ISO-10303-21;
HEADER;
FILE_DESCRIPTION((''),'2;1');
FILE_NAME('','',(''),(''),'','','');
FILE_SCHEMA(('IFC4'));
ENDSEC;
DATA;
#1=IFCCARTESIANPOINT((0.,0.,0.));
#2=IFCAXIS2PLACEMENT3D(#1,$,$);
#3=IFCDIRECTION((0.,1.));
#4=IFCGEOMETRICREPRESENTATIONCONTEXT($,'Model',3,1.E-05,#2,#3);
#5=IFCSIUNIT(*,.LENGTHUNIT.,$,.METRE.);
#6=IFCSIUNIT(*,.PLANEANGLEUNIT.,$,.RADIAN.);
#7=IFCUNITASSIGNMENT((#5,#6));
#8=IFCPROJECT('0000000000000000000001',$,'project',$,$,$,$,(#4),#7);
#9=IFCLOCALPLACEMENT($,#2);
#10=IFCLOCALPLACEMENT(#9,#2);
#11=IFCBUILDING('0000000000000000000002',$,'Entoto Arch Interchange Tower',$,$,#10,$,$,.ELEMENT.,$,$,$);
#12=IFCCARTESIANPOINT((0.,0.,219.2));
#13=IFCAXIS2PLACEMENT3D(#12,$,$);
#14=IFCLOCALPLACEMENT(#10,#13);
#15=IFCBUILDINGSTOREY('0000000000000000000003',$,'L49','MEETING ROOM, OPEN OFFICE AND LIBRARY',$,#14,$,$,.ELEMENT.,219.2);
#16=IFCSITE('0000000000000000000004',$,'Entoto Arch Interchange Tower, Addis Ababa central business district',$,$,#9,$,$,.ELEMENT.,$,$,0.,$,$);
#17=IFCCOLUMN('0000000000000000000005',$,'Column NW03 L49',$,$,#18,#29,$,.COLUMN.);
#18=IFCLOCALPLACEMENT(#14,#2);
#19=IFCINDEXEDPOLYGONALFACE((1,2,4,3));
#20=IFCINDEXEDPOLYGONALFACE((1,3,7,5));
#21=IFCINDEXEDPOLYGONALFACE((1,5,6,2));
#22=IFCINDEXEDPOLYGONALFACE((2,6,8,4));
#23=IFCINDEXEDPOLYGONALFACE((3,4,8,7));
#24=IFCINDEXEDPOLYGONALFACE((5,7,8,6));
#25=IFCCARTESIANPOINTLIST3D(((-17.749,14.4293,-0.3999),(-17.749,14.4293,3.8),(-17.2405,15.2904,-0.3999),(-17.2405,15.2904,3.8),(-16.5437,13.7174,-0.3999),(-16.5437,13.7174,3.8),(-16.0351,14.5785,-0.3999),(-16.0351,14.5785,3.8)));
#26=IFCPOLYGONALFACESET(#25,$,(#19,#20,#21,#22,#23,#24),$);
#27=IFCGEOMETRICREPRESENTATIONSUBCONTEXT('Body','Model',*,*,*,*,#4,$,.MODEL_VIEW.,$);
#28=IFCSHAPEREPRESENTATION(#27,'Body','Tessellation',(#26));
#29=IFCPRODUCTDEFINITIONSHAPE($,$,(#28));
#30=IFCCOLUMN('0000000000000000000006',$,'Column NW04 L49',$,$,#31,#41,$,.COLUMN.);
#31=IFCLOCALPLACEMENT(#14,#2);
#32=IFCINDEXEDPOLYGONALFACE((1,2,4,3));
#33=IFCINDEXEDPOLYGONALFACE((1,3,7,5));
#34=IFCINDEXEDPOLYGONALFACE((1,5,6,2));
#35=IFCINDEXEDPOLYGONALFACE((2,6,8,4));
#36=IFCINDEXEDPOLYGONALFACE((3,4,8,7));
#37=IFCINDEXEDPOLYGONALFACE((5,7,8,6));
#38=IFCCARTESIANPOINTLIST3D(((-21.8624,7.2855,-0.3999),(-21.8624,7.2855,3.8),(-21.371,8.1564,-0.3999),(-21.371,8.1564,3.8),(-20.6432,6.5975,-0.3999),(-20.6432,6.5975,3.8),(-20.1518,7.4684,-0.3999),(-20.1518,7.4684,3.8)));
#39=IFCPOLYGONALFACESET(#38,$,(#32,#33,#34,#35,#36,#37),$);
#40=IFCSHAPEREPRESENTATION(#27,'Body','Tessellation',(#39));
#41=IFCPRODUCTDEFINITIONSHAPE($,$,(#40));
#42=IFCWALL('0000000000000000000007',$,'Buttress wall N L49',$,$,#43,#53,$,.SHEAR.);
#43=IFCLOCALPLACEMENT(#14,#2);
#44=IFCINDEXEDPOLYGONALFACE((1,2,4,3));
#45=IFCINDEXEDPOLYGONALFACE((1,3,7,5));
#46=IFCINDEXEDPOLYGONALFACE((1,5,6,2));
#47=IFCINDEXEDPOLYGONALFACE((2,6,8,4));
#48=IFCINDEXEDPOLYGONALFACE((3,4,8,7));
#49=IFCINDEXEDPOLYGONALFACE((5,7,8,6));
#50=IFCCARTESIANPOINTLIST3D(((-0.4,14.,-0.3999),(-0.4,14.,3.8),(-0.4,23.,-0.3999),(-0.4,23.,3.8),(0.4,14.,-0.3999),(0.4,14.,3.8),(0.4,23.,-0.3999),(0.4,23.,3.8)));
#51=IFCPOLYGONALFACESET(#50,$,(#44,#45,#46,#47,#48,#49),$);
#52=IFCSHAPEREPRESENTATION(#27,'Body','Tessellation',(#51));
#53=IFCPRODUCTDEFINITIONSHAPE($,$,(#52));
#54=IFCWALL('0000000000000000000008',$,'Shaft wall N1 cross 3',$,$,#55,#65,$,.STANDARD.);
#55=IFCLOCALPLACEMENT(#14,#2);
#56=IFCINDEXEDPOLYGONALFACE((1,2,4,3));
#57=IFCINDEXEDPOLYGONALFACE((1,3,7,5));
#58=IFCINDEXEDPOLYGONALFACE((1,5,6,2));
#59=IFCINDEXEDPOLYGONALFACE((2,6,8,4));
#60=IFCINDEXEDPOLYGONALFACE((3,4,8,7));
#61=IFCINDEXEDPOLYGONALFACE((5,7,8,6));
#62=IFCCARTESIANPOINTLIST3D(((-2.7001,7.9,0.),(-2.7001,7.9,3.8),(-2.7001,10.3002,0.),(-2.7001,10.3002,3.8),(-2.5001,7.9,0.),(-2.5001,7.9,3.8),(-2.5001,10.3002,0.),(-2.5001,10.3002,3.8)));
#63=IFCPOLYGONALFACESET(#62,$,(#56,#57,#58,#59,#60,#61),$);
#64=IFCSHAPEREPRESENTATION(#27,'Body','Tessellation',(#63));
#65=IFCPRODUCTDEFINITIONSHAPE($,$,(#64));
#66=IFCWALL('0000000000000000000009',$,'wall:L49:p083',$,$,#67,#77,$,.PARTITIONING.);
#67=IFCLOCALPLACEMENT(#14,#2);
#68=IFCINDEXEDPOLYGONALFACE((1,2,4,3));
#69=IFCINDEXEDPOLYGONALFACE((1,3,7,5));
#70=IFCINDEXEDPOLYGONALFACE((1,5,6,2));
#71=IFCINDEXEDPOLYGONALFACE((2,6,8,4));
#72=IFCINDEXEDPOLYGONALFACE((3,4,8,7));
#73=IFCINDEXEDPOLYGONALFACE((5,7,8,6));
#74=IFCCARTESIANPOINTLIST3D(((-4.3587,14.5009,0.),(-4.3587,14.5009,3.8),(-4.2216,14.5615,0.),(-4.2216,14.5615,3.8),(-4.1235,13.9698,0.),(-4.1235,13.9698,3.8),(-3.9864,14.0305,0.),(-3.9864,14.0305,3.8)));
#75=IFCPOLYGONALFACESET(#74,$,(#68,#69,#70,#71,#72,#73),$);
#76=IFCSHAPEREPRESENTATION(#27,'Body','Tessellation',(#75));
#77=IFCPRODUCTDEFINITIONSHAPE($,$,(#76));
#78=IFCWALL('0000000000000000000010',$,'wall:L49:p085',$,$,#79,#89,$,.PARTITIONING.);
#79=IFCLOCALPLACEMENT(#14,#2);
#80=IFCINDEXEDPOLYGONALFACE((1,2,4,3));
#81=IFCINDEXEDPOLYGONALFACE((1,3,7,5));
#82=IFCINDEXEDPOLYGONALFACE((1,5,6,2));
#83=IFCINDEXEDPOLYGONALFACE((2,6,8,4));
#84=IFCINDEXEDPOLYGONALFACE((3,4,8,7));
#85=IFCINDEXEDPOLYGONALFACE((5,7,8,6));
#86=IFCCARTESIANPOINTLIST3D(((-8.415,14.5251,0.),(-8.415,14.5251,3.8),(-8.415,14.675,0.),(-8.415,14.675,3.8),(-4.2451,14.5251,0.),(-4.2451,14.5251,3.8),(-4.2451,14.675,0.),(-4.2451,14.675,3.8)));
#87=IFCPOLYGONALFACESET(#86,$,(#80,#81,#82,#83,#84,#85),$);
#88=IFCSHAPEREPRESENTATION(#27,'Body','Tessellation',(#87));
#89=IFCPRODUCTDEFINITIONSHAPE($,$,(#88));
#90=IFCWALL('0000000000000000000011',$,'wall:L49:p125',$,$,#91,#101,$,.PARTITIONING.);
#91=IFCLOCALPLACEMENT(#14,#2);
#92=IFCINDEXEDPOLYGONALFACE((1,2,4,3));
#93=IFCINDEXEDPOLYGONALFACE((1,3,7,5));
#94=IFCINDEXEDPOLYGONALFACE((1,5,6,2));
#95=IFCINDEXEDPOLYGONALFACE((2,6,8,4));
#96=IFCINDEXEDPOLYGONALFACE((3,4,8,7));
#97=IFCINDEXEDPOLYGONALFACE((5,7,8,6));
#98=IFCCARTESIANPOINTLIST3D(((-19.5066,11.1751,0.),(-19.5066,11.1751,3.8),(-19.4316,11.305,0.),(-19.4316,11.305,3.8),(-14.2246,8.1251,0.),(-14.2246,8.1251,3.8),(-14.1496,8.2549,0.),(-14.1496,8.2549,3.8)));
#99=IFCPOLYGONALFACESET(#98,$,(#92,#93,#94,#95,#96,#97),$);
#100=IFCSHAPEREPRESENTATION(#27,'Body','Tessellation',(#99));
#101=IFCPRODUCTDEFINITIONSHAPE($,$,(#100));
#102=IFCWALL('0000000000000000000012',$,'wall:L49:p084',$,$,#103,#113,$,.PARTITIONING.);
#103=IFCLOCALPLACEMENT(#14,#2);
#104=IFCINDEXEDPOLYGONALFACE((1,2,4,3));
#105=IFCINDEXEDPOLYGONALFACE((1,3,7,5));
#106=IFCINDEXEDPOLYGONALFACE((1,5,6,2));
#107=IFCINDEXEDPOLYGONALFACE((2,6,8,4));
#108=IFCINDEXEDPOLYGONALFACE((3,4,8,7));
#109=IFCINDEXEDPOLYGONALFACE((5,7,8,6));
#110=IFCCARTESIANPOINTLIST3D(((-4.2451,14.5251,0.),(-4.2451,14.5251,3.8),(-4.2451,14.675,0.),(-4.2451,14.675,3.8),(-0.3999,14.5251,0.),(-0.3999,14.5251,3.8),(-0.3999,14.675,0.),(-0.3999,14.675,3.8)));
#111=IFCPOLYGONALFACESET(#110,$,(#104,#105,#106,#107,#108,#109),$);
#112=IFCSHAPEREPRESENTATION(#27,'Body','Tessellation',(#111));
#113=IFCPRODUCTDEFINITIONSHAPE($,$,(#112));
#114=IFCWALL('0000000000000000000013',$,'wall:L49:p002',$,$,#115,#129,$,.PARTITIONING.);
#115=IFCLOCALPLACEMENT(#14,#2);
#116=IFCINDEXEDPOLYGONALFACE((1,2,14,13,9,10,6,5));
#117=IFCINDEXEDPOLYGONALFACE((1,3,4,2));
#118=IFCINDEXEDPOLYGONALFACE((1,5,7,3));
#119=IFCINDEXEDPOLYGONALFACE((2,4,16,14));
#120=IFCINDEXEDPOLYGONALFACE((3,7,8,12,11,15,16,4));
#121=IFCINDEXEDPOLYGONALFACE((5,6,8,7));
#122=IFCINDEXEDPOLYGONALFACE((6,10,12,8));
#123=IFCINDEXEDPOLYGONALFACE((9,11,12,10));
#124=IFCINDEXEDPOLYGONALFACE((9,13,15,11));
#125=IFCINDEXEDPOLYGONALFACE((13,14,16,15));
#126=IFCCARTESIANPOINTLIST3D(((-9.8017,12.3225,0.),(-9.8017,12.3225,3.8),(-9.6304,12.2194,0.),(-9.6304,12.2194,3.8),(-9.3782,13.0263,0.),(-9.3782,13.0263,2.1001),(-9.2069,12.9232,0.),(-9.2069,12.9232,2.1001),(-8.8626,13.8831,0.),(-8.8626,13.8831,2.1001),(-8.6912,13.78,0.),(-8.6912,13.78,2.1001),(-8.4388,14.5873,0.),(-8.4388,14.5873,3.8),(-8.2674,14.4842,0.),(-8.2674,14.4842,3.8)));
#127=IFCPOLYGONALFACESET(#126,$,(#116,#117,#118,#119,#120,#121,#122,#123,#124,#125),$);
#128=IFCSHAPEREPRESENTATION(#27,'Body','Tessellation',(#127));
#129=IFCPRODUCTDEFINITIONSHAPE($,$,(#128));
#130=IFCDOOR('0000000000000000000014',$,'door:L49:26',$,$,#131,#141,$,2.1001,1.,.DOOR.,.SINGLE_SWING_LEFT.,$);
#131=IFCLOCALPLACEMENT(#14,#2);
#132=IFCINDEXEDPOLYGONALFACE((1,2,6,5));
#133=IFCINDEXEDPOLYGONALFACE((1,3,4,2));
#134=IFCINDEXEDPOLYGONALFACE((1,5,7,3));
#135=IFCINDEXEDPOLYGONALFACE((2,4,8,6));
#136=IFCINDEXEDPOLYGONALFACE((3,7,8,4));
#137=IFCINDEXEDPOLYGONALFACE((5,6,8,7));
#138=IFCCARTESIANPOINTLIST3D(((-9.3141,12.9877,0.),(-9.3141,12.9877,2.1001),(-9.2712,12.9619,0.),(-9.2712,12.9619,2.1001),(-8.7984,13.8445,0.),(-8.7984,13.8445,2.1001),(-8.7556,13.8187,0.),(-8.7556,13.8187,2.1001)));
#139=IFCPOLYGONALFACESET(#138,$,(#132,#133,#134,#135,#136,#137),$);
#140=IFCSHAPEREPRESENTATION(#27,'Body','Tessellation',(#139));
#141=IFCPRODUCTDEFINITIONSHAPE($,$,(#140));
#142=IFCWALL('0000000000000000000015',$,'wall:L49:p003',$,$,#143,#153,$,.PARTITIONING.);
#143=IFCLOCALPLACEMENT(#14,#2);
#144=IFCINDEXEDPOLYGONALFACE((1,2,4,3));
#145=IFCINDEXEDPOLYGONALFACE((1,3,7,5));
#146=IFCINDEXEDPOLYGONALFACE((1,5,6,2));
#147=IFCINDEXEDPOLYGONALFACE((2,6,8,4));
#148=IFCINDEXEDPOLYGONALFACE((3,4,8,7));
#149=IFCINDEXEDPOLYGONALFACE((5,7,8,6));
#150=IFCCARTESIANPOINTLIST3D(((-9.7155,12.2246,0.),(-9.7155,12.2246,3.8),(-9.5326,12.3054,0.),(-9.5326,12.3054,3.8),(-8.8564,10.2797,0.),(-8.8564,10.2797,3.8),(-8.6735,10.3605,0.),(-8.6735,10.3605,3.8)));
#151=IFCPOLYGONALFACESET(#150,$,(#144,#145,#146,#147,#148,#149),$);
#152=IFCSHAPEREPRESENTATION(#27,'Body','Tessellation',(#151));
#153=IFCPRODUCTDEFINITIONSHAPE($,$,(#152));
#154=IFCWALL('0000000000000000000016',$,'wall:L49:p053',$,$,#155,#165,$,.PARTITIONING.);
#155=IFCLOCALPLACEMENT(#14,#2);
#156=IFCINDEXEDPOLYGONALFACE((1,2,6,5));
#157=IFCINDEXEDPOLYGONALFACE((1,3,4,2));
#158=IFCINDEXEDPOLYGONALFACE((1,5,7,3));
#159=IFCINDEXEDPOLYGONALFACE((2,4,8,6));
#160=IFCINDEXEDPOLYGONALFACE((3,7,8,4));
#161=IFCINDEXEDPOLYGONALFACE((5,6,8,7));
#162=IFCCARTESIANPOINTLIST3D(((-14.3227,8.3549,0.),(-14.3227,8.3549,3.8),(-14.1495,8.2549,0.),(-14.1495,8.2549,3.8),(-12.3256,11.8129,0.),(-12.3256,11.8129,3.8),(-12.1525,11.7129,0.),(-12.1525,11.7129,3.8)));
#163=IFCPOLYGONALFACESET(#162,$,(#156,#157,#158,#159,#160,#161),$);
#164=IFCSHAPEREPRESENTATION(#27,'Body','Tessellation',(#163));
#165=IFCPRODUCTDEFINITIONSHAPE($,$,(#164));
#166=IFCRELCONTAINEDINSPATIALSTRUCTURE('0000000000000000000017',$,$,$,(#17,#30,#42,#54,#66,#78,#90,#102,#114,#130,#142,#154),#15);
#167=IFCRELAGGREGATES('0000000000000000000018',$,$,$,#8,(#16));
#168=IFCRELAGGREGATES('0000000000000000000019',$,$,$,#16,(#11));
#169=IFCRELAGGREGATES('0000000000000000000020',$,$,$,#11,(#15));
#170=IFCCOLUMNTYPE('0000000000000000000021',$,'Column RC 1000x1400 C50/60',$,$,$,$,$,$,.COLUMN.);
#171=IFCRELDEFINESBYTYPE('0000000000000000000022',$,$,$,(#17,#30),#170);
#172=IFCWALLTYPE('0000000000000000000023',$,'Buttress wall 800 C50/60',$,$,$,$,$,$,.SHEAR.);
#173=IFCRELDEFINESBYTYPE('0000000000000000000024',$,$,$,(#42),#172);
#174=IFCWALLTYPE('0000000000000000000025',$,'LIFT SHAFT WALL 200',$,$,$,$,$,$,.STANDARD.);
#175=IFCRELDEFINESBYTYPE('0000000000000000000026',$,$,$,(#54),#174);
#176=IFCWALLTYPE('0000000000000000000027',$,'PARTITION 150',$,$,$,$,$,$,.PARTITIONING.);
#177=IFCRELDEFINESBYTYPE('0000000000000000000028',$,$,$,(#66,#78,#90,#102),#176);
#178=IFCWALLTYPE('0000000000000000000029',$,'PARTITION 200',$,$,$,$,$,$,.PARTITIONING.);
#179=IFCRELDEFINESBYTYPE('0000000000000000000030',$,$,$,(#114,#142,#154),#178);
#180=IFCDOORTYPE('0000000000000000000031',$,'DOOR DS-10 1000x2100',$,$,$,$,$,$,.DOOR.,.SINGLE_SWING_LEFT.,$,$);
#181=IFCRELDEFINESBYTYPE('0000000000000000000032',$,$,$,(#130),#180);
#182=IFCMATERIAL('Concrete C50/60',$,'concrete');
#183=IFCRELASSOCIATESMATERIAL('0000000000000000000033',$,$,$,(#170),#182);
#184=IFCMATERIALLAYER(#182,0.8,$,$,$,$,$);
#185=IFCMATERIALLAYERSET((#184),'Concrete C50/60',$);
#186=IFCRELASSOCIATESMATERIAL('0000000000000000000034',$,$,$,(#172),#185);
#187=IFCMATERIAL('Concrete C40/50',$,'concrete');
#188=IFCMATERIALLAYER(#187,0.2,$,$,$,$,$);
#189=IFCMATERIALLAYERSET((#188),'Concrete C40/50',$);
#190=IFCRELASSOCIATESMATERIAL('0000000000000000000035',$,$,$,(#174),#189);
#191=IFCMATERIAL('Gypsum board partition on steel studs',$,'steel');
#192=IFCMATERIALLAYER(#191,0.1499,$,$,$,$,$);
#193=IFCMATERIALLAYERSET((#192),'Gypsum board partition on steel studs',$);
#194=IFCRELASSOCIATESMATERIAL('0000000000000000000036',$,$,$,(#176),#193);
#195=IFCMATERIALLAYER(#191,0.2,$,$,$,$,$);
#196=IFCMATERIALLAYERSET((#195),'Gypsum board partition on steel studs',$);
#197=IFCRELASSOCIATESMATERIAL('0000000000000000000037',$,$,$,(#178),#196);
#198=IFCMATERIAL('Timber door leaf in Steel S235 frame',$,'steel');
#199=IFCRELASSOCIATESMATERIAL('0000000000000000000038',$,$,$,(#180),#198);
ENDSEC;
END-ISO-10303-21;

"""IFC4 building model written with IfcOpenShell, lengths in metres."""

from ifc_helpers import new_model, si_unit, direction, frame, frame_2d, origin, origin_2d, place, context, subcontext, project, spatial, rectangle, extrude, material, layer, layer_set, material_profile, profile_set, type_object, element, fill, save


model = new_model("IFC4")

# Units and contexts
model_context = context("Model", 3, precision=1e-05, world=origin(), true_north=direction((0.0, 1.0)))
body_context = subcontext(model_context, "Body", "Model", "MODEL_VIEW")
ifc_project = project(units=[si_unit("LENGTHUNIT", "METRE"), si_unit("PLANEANGLEUNIT", "RADIAN")], contexts=[model_context])

# Site, building, storey
site_placement = place(None, origin())
site = spatial("IfcSite", under=ifc_project, at=site_placement, Name="Entoto Arch Interchange Tower, Addis Ababa central business district", CompositionType="ELEMENT", RefElevation=0.0)
building_placement = place(site_placement, origin())
building = spatial("IfcBuilding", under=site, at=building_placement, Name="Entoto Arch Interchange Tower", CompositionType="ELEMENT")
storey_placement = place(building_placement, frame((0.0, 0.0, 219.2)))
storey = spatial("IfcBuildingStorey", under=building, at=storey_placement, Name="L49", Description="MEETING ROOM, OPEN OFFICE AND LIBRARY", CompositionType="ELEMENT", Elevation=219.2)

# Columns
ifc_material_1 = material(Name="Concrete C50/60", Category="concrete")
ifc_material_profile = material_profile(ifc_material_1, rectangle(XDim=1.0, YDim=1.3999, at=origin_2d()))
ifc_profile_set = profile_set([ifc_material_profile], Name="Concrete C50/60")
column_type = type_object("IfcColumnType", Name="Column RC 1000x1400 C50/60", PredefinedType="COLUMN", material=ifc_profile_set)
for number, where, z_axis, x_axis, name in (
    (1, (-16.8921, 14.5039, -0.3999), (0.0, 0.0, 1.0), (0.508516, 0.861053, 0.0), "Column NW03 L49"),
    (2, (-21.0071, 7.377, -0.3999), (0.0, 0.0, 1.0), (0.491436, 0.870914, 0.0), "Column NW04 L49"),
):
    element("IfcColumn", number, at=place(storey_placement, frame(where, z_axis=z_axis, x_axis=x_axis)), inside=storey, type_object=column_type, Name=name, PredefinedType="COLUMN", context=body_context, shape_type="SweptSolid", body=[
        extrude(rectangle(XDim=1.0, YDim=1.3999, at=origin_2d()), origin(), (0.0, 0.0, 1.0), 4.2),
    ])

# Walls
ifc_layer_1 = layer(ifc_material_1, 0.8)
ifc_layer_set_1 = layer_set([ifc_layer_1], Name="Concrete C50/60")
wall_type_1 = type_object("IfcWallType", Name="Buttress wall 800 C50/60", PredefinedType="SHEAR", material=ifc_layer_set_1)
wall_1_placement = place(storey_placement, frame((0.0, 14.0, -0.3999), z_axis=(0.0, 0.0, 1.0), x_axis=(0.0, 1.0, 0.0)))
element("IfcWall", 3, at=wall_1_placement, inside=storey, type_object=wall_type_1, Name="Buttress wall N L49", PredefinedType="SHEAR", context=body_context, shape_type="SweptSolid", body=[
    extrude(rectangle(XDim=9.0, YDim=0.8, at=frame_2d((4.5, 0.0))), origin(), (0.0, 0.0, 1.0), 4.2),
])
ifc_material_2 = material(Name="Concrete C40/50", Category="concrete")
ifc_layer_2 = layer(ifc_material_2, 0.2)
ifc_layer_set_2 = layer_set([ifc_layer_2], Name="Concrete C40/50")
wall_type_2 = type_object("IfcWallType", Name="LIFT SHAFT WALL 200", PredefinedType="STANDARD", material=ifc_layer_set_2)
wall_2_placement = place(storey_placement, frame((-2.6001, 7.8999, 0.0), z_axis=(0.0, 0.0, 1.0), x_axis=(0.0, 1.0, 0.0)))
element("IfcWall", 4, at=wall_2_placement, inside=storey, type_object=wall_type_2, Name="Shaft wall N1 cross 3", PredefinedType="STANDARD", context=body_context, shape_type="SweptSolid", body=[
    extrude(rectangle(XDim=2.4001, YDim=0.2, at=frame_2d((1.2002, 0.0))), origin(), (0.0, 0.0, 1.0), 3.8),
])
ifc_material_3 = material(Name="Gypsum board partition on steel studs", Category="steel")
ifc_layer_3 = layer(ifc_material_3, 0.1499)
ifc_layer_set_3 = layer_set([ifc_layer_3], Name="Gypsum board partition on steel studs")
wall_type_3 = type_object("IfcWallType", Name="PARTITION 150", PredefinedType="PARTITIONING", material=ifc_layer_set_3)
wall_3_placement = place(storey_placement, frame((-4.0549, 14.0, 0.0), z_axis=(0.0, 0.0, 1.0), x_axis=(-0.404851, 0.914383, 0.0)))
element("IfcWall", 5, at=wall_3_placement, inside=storey, type_object=wall_type_3, Name="wall:L49:p083", PredefinedType="PARTITIONING", context=body_context, shape_type="SweptSolid", body=[
    extrude(rectangle(XDim=0.5808, YDim=0.1499, at=frame_2d((0.2905, 0.0))), origin(), (0.0, 0.0, 1.0), 3.8),
])
wall_4_placement = place(storey_placement, frame((-4.2451, 14.6001, 0.0), z_axis=(0.0, 0.0, 1.0), x_axis=(-1.0, 0.0, 0.0)))
element("IfcWall", 6, at=wall_4_placement, inside=storey, type_object=wall_type_3, Name="wall:L49:p085", PredefinedType="PARTITIONING", context=body_context, shape_type="SweptSolid", body=[
    extrude(rectangle(XDim=4.1699, YDim=0.1499, at=frame_2d((2.085, 0.0))), origin(), (0.0, 0.0, 1.0), 3.8),
])
wall_5_placement = place(storey_placement, frame((-14.187, 8.1899, 0.0), z_axis=(0.0, 0.0, 1.0), x_axis=(-0.86599, 0.500061, 0.0)))
element("IfcWall", 7, at=wall_5_placement, inside=storey, type_object=wall_type_3, Name="wall:L49:p125", PredefinedType="PARTITIONING", context=body_context, shape_type="SweptSolid", body=[
    extrude(rectangle(XDim=6.0994, YDim=0.1499, at=frame_2d((3.0498, 0.0))), origin(), (0.0, 0.0, 1.0), 3.8),
])
wall_6_placement = place(storey_placement, frame((-0.3999, 14.6001, 0.0), z_axis=(0.0, 0.0, 1.0), x_axis=(-1.0, 0.0, 0.0)))
element("IfcWall", 8, at=wall_6_placement, inside=storey, type_object=wall_type_3, Name="wall:L49:p084", PredefinedType="PARTITIONING", context=body_context, shape_type="SweptSolid", body=[
    extrude(rectangle(XDim=3.8452, YDim=0.1499, at=frame_2d((1.9226, 0.0))), origin(), (0.0, 0.0, 1.0), 3.8),
])

# Wall, opening, door
ifc_layer_4 = layer(ifc_material_3, 0.2)
ifc_layer_set_4 = layer_set([ifc_layer_4], Name="Gypsum board partition on steel studs")
wall_type_4 = type_object("IfcWallType", Name="PARTITION 200", PredefinedType="PARTITIONING", material=ifc_layer_set_4)
wall_7_placement = place(storey_placement, frame((-8.353, 14.5359, 0.0), z_axis=(0.0, 0.0, 1.0), x_axis=(-0.515636, -0.856808, 0.0)))
wall_7 = element("IfcWall", 9, at=wall_7_placement, inside=storey, type_object=wall_type_4, Name="wall:L49:p002", PredefinedType="PARTITIONING", context=body_context, shape_type="SweptSolid", body=[
    extrude(rectangle(XDim=2.6433, YDim=0.2, at=frame_2d((1.3218, 0.0))), origin(), (0.0, 0.0, 1.0), 3.8),
])
opening_1_placement = place(wall_7_placement, frame((0.822, 0.0, 0.0)))
opening_1 = element("IfcOpeningElement", 10, at=opening_1_placement, cuts=wall_7, PredefinedType="OPENING", context=body_context, shape_type="SweptSolid", body=[
    extrude(rectangle(XDim=1.0, YDim=2.1001, at=frame_2d((0.5, 1.05))), frame((0.0, 0.1099, 0.0), z_axis=(0.0, -1.0, 0.0), x_axis=(1.0, 0.0, 0.0)), (0.0, 0.0, 1.0), 0.22),
])
ifc_material_4 = material(Name="Timber door leaf in Steel S235 frame", Category="steel")
door_type = type_object("IfcDoorType", Name="DOOR DS-10 1000x2100", OperationType="SINGLE_SWING_LEFT", PredefinedType="DOOR", material=ifc_material_4)
door_1_placement = place(opening_1_placement, origin())
door_1 = element("IfcDoor", 11, at=door_1_placement, inside=storey, type_object=door_type, Name="door:L49:26", OperationType="SINGLE_SWING_LEFT", OverallHeight=2.1001, OverallWidth=1.0, PredefinedType="DOOR", context=body_context, shape_type="SweptSolid", body=[
    extrude(rectangle(XDim=1.0, YDim=2.1001, at=frame_2d((0.5, 1.05))), frame((0.0, 0.0249, 0.0), z_axis=(0.0, -1.0, 0.0), x_axis=(1.0, 0.0, 0.0)), (0.0, 0.0, 1.0), 0.05),
])
fill(opening_1, door_1)

# Walls
wall_8_placement = place(storey_placement, frame((-9.624, 12.2649, 0.0), z_axis=(0.0, 0.0, 1.0), x_axis=(0.404081, -0.914723, 0.0)))
element("IfcWall", 12, at=wall_8_placement, inside=storey, type_object=wall_type_4, Name="wall:L49:p003", PredefinedType="PARTITIONING", context=body_context, shape_type="SweptSolid", body=[
    extrude(rectangle(XDim=2.1262, YDim=0.2, at=frame_2d((1.063, 0.0))), origin(), (0.0, 0.0, 1.0), 3.8),
])
wall_9_placement = place(storey_placement, frame((-14.2361, 8.3049, 0.0), z_axis=(0.0, 0.0, 1.0), x_axis=(0.500111, 0.865962, 0.0)))
element("IfcWall", 13, at=wall_9_placement, inside=storey, type_object=wall_type_4, Name="wall:L49:p053", PredefinedType="PARTITIONING", context=body_context, shape_type="SweptSolid", body=[
    extrude(rectangle(XDim=3.9932, YDim=0.2, at=frame_2d((1.9966, 0.0))), origin(), (0.0, 0.0, 1.0), 3.8),
])

save(model, "model.ifc")
